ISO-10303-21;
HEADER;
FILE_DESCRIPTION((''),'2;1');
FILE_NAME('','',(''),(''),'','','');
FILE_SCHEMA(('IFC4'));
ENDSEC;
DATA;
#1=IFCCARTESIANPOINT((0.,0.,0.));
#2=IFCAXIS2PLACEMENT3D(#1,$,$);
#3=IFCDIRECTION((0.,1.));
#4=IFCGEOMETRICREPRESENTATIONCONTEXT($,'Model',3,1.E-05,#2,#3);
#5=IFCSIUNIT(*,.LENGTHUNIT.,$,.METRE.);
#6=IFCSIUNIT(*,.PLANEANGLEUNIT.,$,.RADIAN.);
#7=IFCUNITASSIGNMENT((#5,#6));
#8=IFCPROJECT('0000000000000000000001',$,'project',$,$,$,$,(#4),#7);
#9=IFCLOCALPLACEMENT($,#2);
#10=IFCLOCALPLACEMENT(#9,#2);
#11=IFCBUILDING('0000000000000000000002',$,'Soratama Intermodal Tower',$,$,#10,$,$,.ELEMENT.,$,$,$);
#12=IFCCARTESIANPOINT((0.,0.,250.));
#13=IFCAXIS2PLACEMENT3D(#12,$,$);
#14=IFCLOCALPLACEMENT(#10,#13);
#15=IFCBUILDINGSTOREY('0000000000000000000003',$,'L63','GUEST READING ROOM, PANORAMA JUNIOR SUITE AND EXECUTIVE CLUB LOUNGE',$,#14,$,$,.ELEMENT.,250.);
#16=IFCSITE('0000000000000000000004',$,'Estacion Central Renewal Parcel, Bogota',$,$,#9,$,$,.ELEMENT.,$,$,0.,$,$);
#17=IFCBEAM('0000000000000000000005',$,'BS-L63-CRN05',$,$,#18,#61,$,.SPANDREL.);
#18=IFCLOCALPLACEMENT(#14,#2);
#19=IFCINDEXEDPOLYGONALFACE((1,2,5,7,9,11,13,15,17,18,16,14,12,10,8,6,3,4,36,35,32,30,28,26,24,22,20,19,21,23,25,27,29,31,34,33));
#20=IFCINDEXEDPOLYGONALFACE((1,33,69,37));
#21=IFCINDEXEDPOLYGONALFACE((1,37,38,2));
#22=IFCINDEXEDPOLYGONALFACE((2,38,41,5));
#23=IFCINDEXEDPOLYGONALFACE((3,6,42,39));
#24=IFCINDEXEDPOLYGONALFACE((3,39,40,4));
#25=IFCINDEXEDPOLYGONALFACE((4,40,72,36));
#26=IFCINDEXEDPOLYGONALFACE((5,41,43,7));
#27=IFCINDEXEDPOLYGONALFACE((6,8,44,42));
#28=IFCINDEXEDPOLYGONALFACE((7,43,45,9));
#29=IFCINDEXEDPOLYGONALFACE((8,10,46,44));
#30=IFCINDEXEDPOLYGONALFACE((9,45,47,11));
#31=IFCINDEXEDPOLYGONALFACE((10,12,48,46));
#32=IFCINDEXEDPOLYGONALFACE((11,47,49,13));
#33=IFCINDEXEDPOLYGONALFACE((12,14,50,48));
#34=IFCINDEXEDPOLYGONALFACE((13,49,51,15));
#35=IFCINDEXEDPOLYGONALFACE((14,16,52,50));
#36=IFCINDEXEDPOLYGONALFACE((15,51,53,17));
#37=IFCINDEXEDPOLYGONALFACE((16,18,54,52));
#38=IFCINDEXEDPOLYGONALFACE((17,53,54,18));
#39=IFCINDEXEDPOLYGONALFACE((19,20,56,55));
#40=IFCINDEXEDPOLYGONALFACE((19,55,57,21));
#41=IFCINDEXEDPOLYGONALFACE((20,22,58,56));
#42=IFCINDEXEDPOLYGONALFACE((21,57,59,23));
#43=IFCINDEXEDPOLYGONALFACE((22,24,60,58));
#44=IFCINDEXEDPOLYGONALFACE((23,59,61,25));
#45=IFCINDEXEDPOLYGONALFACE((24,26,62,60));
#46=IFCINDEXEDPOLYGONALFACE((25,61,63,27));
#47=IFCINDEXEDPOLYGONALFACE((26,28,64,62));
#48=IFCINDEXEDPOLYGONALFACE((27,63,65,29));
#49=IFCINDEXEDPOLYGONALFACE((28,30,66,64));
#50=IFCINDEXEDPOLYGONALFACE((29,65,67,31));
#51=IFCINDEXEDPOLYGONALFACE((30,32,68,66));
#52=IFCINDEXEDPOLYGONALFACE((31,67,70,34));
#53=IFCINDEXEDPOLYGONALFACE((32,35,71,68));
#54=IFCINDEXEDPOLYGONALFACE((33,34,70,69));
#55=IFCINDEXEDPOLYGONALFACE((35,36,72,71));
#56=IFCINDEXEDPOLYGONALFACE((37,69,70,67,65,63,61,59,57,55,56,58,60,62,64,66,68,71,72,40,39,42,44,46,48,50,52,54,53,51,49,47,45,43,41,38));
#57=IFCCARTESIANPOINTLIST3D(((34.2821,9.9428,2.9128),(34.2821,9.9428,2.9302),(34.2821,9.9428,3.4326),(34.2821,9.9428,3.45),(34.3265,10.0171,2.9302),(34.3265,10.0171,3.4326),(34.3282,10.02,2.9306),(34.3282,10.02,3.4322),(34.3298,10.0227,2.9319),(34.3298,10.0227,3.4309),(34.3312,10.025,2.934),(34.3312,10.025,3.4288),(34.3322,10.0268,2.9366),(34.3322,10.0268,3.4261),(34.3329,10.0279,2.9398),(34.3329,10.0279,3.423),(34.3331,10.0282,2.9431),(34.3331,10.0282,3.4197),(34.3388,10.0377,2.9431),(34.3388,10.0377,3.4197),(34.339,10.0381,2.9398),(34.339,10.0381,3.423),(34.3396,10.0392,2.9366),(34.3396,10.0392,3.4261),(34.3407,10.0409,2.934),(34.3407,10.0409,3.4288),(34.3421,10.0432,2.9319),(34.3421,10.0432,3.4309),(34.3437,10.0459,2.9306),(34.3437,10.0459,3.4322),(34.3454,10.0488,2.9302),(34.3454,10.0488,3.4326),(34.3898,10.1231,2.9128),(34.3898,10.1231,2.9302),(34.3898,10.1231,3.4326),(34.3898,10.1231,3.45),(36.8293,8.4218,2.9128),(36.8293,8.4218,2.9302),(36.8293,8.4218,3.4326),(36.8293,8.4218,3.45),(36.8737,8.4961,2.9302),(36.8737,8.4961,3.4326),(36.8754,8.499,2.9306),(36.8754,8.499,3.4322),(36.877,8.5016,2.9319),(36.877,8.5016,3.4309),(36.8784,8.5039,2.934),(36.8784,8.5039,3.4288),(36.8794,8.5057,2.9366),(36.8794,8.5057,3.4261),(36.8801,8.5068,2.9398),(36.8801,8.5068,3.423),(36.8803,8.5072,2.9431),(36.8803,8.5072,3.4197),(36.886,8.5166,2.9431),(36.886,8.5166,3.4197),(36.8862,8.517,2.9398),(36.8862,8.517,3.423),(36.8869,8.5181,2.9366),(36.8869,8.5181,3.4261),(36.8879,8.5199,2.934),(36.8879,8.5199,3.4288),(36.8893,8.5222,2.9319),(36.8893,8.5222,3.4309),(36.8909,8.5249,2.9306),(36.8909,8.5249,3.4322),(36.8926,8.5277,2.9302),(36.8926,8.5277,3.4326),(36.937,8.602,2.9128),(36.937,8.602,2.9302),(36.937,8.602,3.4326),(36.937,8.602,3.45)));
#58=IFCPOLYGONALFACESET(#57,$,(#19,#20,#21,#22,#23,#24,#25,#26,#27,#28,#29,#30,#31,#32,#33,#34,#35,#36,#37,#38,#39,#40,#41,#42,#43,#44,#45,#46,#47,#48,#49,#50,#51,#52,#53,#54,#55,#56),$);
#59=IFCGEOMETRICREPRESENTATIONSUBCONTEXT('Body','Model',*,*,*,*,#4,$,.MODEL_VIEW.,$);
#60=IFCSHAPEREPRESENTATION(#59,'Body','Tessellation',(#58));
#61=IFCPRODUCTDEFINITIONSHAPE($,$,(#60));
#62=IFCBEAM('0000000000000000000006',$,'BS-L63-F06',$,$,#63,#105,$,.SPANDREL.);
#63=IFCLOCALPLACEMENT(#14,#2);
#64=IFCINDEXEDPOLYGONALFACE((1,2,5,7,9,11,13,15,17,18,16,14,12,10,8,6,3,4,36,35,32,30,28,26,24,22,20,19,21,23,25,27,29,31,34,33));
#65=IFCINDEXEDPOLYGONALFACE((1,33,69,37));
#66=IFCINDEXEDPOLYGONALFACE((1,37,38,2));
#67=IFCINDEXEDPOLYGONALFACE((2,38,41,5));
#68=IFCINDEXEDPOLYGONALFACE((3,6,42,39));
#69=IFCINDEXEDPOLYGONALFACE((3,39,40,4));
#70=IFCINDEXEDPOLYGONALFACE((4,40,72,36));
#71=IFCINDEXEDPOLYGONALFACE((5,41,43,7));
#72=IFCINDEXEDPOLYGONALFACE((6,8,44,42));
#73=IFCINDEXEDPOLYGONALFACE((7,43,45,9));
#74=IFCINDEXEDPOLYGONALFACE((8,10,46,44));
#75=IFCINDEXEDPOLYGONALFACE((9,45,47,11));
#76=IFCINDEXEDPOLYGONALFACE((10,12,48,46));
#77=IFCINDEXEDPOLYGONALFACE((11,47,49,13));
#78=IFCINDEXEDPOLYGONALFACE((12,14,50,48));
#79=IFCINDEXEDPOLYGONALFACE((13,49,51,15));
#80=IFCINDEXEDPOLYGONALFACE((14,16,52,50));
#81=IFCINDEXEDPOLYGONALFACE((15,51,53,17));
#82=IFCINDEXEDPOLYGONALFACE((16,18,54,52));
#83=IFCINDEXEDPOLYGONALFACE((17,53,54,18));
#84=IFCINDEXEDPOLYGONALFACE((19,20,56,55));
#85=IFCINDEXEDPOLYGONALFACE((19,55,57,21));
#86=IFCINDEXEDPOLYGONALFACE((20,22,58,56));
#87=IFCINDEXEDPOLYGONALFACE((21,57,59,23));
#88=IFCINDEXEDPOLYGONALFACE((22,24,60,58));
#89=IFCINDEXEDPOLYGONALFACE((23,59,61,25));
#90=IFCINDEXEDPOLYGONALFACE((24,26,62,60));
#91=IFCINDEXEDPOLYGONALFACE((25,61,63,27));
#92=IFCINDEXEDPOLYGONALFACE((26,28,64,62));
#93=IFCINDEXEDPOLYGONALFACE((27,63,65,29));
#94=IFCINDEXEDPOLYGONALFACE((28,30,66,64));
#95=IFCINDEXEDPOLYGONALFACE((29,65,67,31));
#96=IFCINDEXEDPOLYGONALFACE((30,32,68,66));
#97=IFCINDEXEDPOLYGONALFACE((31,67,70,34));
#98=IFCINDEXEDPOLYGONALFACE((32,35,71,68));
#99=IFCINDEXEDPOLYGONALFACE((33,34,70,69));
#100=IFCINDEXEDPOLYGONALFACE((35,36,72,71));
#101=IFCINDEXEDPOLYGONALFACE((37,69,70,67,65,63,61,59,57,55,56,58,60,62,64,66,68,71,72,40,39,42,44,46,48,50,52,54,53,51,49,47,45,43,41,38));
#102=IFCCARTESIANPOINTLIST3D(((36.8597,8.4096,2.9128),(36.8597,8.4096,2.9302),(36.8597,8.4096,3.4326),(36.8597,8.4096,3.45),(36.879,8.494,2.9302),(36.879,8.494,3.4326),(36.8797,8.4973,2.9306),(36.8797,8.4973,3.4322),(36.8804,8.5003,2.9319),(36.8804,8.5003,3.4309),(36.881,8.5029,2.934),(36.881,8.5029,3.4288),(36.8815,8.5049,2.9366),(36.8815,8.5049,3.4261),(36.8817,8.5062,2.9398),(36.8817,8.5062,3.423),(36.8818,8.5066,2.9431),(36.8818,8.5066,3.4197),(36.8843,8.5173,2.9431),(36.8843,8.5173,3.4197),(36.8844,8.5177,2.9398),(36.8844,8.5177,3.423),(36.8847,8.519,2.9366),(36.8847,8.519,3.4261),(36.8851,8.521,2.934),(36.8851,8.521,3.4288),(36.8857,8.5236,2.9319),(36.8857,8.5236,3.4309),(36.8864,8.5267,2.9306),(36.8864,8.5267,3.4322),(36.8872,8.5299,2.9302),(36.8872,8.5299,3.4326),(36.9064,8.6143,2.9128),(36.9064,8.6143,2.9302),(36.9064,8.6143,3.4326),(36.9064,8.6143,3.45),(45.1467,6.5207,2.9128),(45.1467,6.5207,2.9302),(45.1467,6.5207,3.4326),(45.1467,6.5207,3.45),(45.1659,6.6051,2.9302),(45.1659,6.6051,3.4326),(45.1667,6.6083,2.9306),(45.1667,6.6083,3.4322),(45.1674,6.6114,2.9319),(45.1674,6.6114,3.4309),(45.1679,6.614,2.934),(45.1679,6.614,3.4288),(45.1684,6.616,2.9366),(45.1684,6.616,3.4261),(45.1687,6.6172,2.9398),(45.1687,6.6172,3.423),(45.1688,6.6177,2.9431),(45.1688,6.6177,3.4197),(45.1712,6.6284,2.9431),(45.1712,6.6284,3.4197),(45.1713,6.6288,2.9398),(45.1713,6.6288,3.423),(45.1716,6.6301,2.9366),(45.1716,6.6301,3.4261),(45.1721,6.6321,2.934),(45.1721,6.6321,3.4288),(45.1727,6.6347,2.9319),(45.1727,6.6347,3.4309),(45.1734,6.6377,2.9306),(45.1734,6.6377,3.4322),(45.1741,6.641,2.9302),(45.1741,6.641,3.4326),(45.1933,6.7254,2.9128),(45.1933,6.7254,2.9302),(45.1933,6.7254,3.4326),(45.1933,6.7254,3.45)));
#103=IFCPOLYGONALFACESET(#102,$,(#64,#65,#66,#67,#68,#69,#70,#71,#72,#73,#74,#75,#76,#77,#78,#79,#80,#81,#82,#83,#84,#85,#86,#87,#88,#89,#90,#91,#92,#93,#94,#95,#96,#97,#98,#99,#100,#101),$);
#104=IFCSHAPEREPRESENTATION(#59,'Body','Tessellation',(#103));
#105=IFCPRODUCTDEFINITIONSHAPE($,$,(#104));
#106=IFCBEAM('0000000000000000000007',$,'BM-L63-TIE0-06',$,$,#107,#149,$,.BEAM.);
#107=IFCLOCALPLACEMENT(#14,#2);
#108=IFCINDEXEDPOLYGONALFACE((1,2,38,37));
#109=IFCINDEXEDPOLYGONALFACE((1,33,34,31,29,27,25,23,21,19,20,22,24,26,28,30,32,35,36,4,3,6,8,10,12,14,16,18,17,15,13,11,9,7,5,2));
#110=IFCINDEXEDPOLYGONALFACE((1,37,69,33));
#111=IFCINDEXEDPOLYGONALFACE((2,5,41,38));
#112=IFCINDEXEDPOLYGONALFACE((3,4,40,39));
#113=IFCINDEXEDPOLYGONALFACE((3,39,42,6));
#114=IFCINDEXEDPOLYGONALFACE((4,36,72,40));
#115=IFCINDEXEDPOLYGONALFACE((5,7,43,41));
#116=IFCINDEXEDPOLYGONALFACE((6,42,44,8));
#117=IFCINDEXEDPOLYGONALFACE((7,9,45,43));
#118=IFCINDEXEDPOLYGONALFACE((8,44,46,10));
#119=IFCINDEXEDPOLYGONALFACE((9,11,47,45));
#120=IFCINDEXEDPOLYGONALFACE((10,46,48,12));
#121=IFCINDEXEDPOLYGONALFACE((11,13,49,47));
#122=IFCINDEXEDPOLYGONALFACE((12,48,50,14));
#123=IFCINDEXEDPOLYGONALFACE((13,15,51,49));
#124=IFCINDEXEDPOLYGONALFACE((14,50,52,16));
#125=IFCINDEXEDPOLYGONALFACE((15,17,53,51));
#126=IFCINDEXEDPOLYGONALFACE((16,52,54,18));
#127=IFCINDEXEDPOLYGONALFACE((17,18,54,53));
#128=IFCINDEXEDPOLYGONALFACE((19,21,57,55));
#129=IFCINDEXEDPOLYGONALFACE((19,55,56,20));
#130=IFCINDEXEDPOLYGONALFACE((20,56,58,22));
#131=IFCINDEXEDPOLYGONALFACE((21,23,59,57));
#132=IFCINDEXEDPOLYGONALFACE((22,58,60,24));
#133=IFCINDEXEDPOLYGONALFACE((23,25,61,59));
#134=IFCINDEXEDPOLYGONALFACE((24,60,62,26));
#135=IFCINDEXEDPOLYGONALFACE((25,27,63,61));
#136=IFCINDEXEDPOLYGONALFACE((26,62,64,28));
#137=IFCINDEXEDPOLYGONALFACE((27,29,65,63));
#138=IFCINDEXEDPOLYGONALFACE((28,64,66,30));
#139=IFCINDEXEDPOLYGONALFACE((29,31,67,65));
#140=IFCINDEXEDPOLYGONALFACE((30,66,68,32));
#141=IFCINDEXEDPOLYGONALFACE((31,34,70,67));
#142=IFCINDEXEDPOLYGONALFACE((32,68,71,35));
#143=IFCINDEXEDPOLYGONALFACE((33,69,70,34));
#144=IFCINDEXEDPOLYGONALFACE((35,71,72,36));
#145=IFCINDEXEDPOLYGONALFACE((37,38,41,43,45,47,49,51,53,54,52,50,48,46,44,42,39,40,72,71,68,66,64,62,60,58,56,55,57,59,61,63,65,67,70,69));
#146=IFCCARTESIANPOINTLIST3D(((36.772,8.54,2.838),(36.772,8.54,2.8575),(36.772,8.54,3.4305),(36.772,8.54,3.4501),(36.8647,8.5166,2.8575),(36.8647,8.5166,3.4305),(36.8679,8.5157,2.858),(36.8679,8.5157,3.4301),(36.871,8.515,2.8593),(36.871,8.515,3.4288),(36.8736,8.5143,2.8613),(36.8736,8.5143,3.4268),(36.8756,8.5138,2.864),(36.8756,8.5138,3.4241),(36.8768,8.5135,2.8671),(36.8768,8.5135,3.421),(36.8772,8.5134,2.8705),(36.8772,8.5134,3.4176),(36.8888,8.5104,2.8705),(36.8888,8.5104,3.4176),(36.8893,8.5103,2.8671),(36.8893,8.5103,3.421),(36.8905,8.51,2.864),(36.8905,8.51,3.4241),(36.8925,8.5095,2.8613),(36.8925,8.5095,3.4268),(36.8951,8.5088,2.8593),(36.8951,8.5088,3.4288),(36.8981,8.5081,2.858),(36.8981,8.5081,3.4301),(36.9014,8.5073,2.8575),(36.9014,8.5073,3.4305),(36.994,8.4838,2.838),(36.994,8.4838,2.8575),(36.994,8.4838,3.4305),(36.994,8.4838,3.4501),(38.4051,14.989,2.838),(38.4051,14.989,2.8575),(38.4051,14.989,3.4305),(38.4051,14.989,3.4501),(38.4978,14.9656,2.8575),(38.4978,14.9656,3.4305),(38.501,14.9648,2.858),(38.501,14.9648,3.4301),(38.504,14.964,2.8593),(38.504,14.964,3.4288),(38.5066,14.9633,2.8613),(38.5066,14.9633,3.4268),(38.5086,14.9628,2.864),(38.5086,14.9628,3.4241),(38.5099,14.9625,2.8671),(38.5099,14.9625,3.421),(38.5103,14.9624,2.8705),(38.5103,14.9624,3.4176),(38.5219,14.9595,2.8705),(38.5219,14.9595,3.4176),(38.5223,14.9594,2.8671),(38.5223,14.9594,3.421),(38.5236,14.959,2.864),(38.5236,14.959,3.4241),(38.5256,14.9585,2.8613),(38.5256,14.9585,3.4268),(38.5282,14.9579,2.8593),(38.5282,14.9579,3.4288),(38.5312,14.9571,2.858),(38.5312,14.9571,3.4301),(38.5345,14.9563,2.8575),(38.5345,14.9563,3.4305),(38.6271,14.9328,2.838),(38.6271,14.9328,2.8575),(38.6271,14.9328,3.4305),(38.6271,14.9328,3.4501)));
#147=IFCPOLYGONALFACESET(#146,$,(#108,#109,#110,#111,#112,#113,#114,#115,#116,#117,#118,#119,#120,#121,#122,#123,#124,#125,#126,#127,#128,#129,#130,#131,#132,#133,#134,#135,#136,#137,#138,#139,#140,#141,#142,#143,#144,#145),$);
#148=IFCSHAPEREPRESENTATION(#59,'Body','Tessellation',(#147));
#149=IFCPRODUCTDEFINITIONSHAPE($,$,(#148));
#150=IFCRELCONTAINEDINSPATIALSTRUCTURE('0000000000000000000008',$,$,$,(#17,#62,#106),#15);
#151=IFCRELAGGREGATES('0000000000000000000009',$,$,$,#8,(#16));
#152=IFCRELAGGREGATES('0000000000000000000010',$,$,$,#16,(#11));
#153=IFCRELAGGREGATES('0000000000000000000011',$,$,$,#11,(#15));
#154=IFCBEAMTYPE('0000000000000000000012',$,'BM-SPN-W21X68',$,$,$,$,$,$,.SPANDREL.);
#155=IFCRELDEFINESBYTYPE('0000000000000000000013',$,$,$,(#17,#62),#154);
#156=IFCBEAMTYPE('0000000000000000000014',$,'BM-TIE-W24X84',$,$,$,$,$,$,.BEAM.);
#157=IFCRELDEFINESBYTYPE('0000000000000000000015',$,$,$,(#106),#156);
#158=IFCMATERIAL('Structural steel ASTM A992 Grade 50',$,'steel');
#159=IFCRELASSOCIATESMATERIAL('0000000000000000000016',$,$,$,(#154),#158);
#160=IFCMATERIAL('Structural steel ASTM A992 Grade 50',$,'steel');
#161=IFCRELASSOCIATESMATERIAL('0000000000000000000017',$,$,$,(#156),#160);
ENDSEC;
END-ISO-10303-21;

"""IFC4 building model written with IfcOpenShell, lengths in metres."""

from ifc_helpers import new_model, si_unit, direction, frame, origin, origin_2d, place, context, subcontext, project, spatial, i_section, extrude, material, material_profile, profile_set, type_object, element, save


model = new_model("IFC4")

# Units and contexts
model_context = context("Model", 3, precision=1e-05, world=origin(), true_north=direction((0.0, 1.0)))
body_context = subcontext(model_context, "Body", "Model", "MODEL_VIEW")
ifc_project = project(units=[si_unit("LENGTHUNIT", "METRE"), si_unit("PLANEANGLEUNIT", "RADIAN")], contexts=[model_context])

# Site, building, storey
site_placement = place(None, origin())
site = spatial("IfcSite", under=ifc_project, at=site_placement, Name="Estacion Central Renewal Parcel, Bogota", CompositionType="ELEMENT", RefElevation=0.0)
building_placement = place(site_placement, origin())
building = spatial("IfcBuilding", under=site, at=building_placement, Name="Soratama Intermodal Tower", CompositionType="ELEMENT")
storey_placement = place(building_placement, frame((0.0, 0.0, 250.0)))
storey = spatial("IfcBuildingStorey", under=building, at=storey_placement, Name="L63", Description="GUEST READING ROOM, PANORAMA JUNIOR SUITE AND EXECUTIVE CLUB LOUNGE", CompositionType="ELEMENT", Elevation=250.0)

# Beams
ifc_material_1 = material(Name="Structural steel ASTM A992 Grade 50", Category="steel")
ifc_material_profile_1 = material_profile(ifc_material_1, i_section(OverallWidth=0.21, OverallDepth=0.5371, WebThickness=0.011, FlangeThickness=0.0173, FilletRadius=0.0129, at=origin_2d()), Name="W21X68")
ifc_profile_set_1 = profile_set([ifc_material_profile_1], Name="Structural steel ASTM A992 Grade 50")
beam_type_1 = type_object("IfcBeamType", Name="BM-SPN-W21X68", PredefinedType="SPANDREL", material=ifc_profile_set_1)
beam_1_placement = place(storey_placement, frame((34.3359, 10.033, 3.1814), z_axis=(0.858573, -0.512691, 0.0), x_axis=(0.512691, 0.858573, 0.0)))
element("IfcBeam", 1, at=beam_1_placement, inside=storey, type_object=beam_type_1, Name="BS-L63-CRN05", PredefinedType="SPANDREL", context=body_context, shape_type="SweptSolid", body=[
    extrude(i_section(OverallWidth=0.21, OverallDepth=0.5371, WebThickness=0.011, FlangeThickness=0.0173, FilletRadius=0.0129, at=origin_2d()), origin(), (0.0, 0.0, 1.0), 2.9668),
])
beam_2_placement = place(storey_placement, frame((36.8831, 8.512, 3.1814), z_axis=(0.974992, -0.222241, 0.0), x_axis=(0.222241, 0.974992, 0.0)))
element("IfcBeam", 2, at=beam_2_placement, inside=storey, type_object=beam_type_1, Name="BS-L63-F06", PredefinedType="SPANDREL", context=body_context, shape_type="SweptSolid", body=[
    extrude(i_section(OverallWidth=0.21, OverallDepth=0.5371, WebThickness=0.011, FlangeThickness=0.0173, FilletRadius=0.0129, at=origin_2d()), origin(), (0.0, 0.0, 1.0), 8.4995),
])
ifc_material_2 = material(Name="Structural steel ASTM A992 Grade 50", Category="steel")
ifc_material_profile_2 = material_profile(ifc_material_2, i_section(OverallWidth=0.229, OverallDepth=0.6121, WebThickness=0.012, FlangeThickness=0.0195, FilletRadius=0.0129, at=origin_2d()), Name="W24X84")
ifc_profile_set_2 = profile_set([ifc_material_profile_2], Name="Structural steel ASTM A992 Grade 50")
beam_type_2 = type_object("IfcBeamType", Name="BM-TIE-W24X84", PredefinedType="BEAM", material=ifc_profile_set_2)
beam_3_placement = place(storey_placement, frame((38.5161, 14.9609, 3.144), z_axis=(-0.245479, -0.969402, 0.0), x_axis=(0.969402, -0.245479, 0.0)))
element("IfcBeam", 3, at=beam_3_placement, inside=storey, type_object=beam_type_2, Name="BM-L63-TIE0-06", PredefinedType="BEAM", context=body_context, shape_type="SweptSolid", body=[
    extrude(i_section(OverallWidth=0.229, OverallDepth=0.6121, WebThickness=0.012, FlangeThickness=0.0195, FilletRadius=0.0129, at=origin_2d()), origin(), (0.0, 0.0, 1.0), 6.6526),
])

save(model, "model.ifc")
